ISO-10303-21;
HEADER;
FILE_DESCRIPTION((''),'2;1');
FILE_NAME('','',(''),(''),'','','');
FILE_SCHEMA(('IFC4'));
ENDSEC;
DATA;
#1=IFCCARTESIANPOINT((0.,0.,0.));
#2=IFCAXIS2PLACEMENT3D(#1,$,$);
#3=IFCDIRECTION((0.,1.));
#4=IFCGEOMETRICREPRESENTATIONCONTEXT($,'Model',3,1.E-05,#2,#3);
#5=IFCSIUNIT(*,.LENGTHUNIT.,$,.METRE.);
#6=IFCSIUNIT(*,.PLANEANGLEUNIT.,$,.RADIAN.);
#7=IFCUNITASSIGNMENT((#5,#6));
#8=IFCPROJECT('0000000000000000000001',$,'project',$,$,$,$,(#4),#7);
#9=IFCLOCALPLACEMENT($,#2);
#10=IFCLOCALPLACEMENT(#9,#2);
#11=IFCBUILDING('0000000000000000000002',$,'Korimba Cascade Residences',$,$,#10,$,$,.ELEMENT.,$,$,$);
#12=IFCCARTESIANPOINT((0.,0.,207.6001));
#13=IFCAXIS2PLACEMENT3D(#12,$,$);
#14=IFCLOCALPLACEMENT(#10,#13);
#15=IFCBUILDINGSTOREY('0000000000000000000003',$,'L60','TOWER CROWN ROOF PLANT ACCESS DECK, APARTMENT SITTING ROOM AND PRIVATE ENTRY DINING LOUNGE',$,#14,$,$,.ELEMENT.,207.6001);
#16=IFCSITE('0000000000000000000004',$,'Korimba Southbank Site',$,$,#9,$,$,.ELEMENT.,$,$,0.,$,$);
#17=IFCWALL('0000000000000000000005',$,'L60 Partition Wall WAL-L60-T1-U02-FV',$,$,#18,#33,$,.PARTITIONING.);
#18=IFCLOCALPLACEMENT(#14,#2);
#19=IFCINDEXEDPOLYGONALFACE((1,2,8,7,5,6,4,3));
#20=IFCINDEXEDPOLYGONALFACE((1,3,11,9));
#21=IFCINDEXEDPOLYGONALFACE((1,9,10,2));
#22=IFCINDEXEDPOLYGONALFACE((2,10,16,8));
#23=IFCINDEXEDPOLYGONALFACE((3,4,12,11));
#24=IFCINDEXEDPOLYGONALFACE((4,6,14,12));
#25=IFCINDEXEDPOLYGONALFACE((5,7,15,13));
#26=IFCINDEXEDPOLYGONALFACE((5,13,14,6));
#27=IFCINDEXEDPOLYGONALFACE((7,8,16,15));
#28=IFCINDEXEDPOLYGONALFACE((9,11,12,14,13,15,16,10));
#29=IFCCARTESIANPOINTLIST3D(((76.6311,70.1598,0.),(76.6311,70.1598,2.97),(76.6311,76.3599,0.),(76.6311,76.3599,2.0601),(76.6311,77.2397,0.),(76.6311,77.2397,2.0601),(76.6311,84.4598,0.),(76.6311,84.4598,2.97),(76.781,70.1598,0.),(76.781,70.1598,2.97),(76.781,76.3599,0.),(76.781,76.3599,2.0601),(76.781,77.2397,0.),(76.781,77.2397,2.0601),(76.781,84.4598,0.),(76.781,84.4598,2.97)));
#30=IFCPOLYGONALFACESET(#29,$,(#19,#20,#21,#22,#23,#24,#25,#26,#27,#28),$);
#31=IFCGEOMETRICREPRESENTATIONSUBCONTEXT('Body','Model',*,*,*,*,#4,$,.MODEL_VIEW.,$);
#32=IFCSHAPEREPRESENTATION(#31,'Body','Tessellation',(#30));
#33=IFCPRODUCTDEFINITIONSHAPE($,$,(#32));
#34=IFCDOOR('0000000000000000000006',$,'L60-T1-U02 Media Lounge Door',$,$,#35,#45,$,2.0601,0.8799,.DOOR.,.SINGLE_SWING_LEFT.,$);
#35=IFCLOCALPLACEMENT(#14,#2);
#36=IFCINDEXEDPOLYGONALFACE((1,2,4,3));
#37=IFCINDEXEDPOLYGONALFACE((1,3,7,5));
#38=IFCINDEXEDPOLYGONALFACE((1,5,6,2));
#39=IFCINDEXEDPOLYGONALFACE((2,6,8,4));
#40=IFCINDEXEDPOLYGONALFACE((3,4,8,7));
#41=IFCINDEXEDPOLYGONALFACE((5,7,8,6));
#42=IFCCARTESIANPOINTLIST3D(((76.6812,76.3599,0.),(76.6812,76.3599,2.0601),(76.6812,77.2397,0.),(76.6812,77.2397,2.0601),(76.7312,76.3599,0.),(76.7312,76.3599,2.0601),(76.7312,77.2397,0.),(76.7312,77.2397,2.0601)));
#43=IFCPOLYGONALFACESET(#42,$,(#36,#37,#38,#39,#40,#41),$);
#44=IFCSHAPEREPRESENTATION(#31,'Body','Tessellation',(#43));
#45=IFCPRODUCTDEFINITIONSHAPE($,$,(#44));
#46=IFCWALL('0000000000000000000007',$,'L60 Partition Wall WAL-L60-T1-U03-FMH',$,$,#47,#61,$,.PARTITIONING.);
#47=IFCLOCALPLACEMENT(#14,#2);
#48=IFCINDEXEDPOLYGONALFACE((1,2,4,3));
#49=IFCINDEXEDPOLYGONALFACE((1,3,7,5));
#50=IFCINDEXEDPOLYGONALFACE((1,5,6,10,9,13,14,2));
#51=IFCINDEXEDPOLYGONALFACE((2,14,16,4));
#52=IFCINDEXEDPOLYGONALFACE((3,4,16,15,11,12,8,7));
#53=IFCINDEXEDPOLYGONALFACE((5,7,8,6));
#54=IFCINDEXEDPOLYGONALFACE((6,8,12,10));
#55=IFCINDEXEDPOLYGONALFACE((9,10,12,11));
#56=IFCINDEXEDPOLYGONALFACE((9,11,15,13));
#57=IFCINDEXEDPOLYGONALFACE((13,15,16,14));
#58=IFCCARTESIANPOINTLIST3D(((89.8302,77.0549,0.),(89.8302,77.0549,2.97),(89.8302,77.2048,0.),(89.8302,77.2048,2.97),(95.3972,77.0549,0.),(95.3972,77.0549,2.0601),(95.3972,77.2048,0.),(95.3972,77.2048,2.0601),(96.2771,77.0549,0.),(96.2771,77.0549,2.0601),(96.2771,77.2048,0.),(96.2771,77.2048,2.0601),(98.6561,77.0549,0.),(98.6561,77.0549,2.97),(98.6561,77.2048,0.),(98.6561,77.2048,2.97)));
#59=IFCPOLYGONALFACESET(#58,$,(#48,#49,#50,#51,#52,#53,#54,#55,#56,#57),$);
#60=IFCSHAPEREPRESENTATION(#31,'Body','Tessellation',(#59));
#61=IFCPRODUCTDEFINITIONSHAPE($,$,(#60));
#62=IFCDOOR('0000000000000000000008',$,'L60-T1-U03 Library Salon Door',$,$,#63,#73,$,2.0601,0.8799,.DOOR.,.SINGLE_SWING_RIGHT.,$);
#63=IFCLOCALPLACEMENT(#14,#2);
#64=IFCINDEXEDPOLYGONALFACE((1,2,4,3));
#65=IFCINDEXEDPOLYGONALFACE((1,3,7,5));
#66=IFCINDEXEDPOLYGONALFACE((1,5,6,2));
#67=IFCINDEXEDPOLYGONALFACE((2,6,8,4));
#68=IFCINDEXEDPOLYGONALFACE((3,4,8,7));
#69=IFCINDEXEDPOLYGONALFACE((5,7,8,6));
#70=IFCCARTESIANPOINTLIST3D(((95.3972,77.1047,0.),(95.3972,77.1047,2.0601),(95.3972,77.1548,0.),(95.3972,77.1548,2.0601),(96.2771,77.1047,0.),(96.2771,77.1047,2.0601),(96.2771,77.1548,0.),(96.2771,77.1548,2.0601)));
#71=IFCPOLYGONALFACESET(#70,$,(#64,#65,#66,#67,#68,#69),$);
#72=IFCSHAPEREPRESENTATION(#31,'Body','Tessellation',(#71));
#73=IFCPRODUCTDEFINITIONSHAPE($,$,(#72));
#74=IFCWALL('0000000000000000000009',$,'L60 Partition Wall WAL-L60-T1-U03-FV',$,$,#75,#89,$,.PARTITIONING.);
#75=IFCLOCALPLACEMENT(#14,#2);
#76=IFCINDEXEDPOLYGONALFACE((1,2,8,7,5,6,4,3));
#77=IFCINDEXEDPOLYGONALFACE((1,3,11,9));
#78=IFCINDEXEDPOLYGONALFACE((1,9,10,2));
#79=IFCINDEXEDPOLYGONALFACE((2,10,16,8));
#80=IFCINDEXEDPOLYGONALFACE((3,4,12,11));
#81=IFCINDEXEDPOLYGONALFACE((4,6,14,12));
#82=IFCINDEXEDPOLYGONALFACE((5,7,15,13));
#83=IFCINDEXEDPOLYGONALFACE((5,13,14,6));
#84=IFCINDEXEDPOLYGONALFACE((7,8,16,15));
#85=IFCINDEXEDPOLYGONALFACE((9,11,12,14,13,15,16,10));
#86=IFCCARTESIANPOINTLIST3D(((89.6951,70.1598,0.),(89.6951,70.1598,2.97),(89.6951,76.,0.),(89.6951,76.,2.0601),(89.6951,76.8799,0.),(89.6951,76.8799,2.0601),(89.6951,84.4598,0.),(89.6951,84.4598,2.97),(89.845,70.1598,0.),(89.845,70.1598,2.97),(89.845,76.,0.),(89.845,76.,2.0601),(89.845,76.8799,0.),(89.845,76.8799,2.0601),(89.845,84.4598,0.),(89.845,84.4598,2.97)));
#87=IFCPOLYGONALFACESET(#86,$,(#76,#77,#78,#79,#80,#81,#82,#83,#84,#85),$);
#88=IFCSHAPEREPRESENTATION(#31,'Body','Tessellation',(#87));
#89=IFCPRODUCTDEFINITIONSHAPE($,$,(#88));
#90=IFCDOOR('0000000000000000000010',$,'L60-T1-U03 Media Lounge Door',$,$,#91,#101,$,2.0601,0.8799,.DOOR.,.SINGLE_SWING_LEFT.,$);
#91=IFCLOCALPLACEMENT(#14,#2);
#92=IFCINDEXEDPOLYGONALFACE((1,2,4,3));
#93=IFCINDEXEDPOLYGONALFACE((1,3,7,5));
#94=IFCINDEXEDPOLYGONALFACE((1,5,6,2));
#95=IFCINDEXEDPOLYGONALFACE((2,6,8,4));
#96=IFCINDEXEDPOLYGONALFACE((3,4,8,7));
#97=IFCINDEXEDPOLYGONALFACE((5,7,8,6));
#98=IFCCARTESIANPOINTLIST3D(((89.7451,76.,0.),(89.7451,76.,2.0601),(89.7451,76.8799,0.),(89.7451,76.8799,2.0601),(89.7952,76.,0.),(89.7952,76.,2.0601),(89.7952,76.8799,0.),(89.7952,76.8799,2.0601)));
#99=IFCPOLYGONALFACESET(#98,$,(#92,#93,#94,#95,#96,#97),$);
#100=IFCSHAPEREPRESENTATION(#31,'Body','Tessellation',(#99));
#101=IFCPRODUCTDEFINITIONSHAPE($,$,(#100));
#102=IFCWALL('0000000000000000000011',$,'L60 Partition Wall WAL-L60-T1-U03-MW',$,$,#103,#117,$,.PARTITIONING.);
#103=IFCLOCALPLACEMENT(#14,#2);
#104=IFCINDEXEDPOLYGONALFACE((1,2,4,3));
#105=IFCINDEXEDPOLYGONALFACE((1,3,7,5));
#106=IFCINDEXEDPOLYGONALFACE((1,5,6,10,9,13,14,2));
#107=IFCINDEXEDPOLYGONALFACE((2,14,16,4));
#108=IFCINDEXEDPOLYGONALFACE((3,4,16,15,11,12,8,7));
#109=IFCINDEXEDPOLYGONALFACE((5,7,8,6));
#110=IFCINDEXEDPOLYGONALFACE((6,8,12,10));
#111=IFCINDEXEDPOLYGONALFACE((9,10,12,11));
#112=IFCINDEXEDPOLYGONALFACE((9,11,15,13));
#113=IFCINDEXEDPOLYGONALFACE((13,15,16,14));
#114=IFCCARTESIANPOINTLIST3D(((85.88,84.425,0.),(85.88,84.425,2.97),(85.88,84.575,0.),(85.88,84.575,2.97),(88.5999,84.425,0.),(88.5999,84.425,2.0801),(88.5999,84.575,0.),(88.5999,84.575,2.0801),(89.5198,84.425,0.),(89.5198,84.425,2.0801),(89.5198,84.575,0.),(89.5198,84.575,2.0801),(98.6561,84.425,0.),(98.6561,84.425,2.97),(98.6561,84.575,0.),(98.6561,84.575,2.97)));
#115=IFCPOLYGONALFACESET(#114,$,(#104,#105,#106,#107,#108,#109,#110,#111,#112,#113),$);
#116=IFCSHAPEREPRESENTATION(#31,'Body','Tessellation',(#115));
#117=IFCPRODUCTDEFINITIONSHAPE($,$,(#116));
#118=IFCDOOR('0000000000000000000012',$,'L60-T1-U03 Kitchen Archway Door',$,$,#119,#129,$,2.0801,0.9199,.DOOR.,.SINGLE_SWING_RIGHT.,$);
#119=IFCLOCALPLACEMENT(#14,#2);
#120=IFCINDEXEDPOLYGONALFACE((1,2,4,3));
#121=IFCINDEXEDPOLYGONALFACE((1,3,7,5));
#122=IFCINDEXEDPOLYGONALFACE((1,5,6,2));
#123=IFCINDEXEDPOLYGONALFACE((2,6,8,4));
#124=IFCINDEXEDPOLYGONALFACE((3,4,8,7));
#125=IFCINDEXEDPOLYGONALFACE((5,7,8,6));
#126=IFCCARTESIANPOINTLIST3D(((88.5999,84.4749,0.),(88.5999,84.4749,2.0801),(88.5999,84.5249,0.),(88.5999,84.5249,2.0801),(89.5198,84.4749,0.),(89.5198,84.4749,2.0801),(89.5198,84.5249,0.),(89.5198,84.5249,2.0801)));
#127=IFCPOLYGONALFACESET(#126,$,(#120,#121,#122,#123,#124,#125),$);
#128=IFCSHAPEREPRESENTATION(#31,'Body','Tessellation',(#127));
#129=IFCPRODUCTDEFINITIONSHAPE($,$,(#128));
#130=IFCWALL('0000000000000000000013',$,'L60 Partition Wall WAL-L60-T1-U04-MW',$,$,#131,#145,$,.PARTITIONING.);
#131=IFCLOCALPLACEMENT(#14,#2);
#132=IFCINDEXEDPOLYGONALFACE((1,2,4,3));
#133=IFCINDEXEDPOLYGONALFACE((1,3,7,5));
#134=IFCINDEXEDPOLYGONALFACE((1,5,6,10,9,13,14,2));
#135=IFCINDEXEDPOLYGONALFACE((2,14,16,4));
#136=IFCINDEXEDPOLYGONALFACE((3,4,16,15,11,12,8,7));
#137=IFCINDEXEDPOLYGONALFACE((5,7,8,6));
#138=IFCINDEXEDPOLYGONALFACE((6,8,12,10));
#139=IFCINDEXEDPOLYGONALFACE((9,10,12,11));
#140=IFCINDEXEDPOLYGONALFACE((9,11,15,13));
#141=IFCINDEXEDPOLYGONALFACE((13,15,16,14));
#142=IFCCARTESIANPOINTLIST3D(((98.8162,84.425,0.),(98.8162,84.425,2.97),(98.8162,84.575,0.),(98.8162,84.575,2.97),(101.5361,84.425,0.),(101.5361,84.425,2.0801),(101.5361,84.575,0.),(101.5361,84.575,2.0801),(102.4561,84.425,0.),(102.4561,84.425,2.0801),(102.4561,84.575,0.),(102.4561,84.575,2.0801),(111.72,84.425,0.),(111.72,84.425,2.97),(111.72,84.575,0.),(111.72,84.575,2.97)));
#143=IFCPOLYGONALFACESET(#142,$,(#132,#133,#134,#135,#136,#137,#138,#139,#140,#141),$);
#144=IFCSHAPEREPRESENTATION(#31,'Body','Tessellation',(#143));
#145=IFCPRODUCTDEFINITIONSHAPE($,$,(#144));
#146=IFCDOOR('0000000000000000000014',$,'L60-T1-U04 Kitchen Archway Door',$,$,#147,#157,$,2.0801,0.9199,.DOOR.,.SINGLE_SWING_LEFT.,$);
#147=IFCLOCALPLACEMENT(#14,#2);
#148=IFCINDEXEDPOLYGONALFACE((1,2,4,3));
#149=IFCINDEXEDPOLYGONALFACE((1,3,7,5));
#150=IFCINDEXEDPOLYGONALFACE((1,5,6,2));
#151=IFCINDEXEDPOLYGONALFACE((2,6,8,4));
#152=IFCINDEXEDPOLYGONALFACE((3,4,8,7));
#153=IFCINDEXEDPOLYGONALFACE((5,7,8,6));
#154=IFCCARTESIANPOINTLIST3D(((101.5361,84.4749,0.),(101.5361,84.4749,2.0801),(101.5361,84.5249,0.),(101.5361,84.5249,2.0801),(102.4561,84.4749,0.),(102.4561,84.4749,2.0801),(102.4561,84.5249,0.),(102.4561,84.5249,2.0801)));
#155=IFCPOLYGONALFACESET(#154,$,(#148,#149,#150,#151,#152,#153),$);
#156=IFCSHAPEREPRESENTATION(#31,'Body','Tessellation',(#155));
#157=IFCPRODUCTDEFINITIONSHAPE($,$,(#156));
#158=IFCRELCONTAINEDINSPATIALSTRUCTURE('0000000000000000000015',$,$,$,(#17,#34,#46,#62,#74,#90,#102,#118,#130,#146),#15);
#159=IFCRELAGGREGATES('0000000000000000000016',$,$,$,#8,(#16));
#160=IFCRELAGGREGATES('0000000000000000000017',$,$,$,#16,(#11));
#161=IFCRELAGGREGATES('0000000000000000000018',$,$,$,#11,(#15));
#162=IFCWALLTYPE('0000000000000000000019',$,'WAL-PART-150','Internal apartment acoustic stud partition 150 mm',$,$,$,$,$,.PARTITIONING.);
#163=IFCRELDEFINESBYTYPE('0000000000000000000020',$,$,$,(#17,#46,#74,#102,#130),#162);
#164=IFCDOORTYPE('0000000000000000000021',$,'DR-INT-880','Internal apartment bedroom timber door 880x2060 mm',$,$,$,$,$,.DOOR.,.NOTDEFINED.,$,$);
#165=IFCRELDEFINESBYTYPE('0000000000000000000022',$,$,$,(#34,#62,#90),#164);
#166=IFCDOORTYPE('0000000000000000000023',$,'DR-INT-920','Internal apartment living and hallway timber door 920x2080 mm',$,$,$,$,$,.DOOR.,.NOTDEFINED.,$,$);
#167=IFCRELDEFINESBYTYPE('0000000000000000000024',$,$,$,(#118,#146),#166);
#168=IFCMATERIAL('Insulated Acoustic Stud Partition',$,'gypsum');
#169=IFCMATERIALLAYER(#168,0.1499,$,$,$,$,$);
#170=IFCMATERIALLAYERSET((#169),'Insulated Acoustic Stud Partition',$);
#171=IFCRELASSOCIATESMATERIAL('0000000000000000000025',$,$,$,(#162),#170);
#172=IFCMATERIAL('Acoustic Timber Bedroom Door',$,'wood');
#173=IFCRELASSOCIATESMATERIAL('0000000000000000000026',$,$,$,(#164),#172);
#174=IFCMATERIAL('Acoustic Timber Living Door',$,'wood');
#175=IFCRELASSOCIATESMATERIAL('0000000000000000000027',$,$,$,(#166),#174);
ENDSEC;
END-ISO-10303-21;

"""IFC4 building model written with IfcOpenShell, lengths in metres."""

from ifc_helpers import new_model, si_unit, direction, frame, frame_2d, origin, place, context, subcontext, project, spatial, rectangle, extrude, material, layer, layer_set, type_object, element, fill, save


model = new_model("IFC4")

# Units and contexts
model_context = context("Model", 3, precision=1e-05, world=origin(), true_north=direction((0.0, 1.0)))
body_context = subcontext(model_context, "Body", "Model", "MODEL_VIEW")
ifc_project = project(units=[si_unit("LENGTHUNIT", "METRE"), si_unit("PLANEANGLEUNIT", "RADIAN")], contexts=[model_context])

# Site, building, storey
site_placement = place(None, origin())
site = spatial("IfcSite", under=ifc_project, at=site_placement, Name="Korimba Southbank Site", CompositionType="ELEMENT", RefElevation=0.0)
building_placement = place(site_placement, origin())
building = spatial("IfcBuilding", under=site, at=building_placement, Name="Korimba Cascade Residences", CompositionType="ELEMENT")
storey_placement = place(building_placement, frame((0.0, 0.0, 207.6001)))
storey = spatial("IfcBuildingStorey", under=building, at=storey_placement, Name="L60", Description="TOWER CROWN ROOF PLANT ACCESS DECK, APARTMENT SITTING ROOM AND PRIVATE ENTRY DINING LOUNGE", CompositionType="ELEMENT", Elevation=207.6001)

# Walls, openings, doors
ifc_material_1 = material(Name="Insulated Acoustic Stud Partition", Category="gypsum")
ifc_layer_1 = layer(ifc_material_1, 0.1499)
ifc_layer_set_1 = layer_set([ifc_layer_1], Name="Insulated Acoustic Stud Partition")
wall_type_1 = type_object("IfcWallType", Name="WAL-PART-150", Description="Internal apartment acoustic stud partition 150 mm", PredefinedType="PARTITIONING", material=ifc_layer_set_1)
ifc_material_2 = material(Name="Acoustic Timber Bedroom Door", Category="wood")
door_type_1 = type_object("IfcDoorType", Name="DR-INT-880", Description="Internal apartment bedroom timber door 880x2060 mm", OperationType="NOTDEFINED", PredefinedType="DOOR", material=ifc_material_2)
wall_1_placement = place(storey_placement, frame((76.7061, 70.1599, 0.0), z_axis=(0.0, 0.0, 1.0), x_axis=(0.0, 1.0, 0.0)))
wall_1 = element("IfcWall", 1, at=wall_1_placement, inside=storey, type_object=wall_type_1, Name="L60 Partition Wall WAL-L60-T1-U02-FV", PredefinedType="PARTITIONING", context=body_context, shape_type="SweptSolid", body=[
    extrude(rectangle(XDim=14.3, YDim=0.1499, at=frame_2d((7.1499, 0.0))), origin(), (0.0, 0.0, 1.0), 2.97),
])
opening_1_placement = place(wall_1_placement, frame((6.2, 0.0, 0.0)))
opening_1 = element("IfcOpeningElement", 2, at=opening_1_placement, cuts=wall_1, PredefinedType="OPENING", context=body_context, shape_type="SweptSolid", body=[
    extrude(rectangle(XDim=0.8799, YDim=2.0601, at=frame_2d((0.4399, 1.03))), frame((0.0, 0.085, 0.0), z_axis=(0.0, -1.0, 0.0), x_axis=(1.0, 0.0, 0.0)), (0.0, 0.0, 1.0), 0.1699),
])
door_1_placement = place(opening_1_placement, origin())
door_1 = element("IfcDoor", 3, at=door_1_placement, inside=storey, type_object=door_type_1, Name="L60-T1-U02 Media Lounge Door", OperationType="SINGLE_SWING_LEFT", OverallHeight=2.0601, OverallWidth=0.8799, PredefinedType="DOOR", context=body_context, shape_type="SweptSolid", body=[
    extrude(rectangle(XDim=0.8799, YDim=2.0601, at=frame_2d((0.4399, 1.03))), frame((0.0, 0.0249, 0.0), z_axis=(0.0, -1.0, 0.0), x_axis=(1.0, 0.0, 0.0)), (0.0, 0.0, 1.0), 0.05),
])
fill(opening_1, door_1)
wall_2_placement = place(storey_placement, frame((89.8301, 77.1299, 0.0), z_axis=(0.0, 0.0, 1.0), x_axis=(1.0, 0.0, 0.0)))
wall_2 = element("IfcWall", 4, at=wall_2_placement, inside=storey, type_object=wall_type_1, Name="L60 Partition Wall WAL-L60-T1-U03-FMH", PredefinedType="PARTITIONING", context=body_context, shape_type="SweptSolid", body=[
    extrude(rectangle(XDim=8.8259, YDim=0.1499, at=frame_2d((4.4131, 0.0))), origin(), (0.0, 0.0, 1.0), 2.97),
])
opening_2_placement = place(wall_2_placement, frame((5.5671, 0.0, 0.0)))
opening_2 = element("IfcOpeningElement", 5, at=opening_2_placement, cuts=wall_2, PredefinedType="OPENING", context=body_context, shape_type="SweptSolid", body=[
    extrude(rectangle(XDim=0.8799, YDim=2.0601, at=frame_2d((0.4399, 1.03))), frame((0.0, 0.085, 0.0), z_axis=(0.0, -1.0, 0.0), x_axis=(1.0, 0.0, 0.0)), (0.0, 0.0, 1.0), 0.1699),
])
door_2_placement = place(opening_2_placement, origin())
door_2 = element("IfcDoor", 6, at=door_2_placement, inside=storey, type_object=door_type_1, Name="L60-T1-U03 Library Salon Door", OperationType="SINGLE_SWING_RIGHT", OverallHeight=2.0601, OverallWidth=0.8799, PredefinedType="DOOR", context=body_context, shape_type="SweptSolid", body=[
    extrude(rectangle(XDim=0.8799, YDim=2.0601, at=frame_2d((0.4399, 1.03))), frame((0.0, 0.0249, 0.0), z_axis=(0.0, -1.0, 0.0), x_axis=(1.0, 0.0, 0.0)), (0.0, 0.0, 1.0), 0.05),
])
fill(opening_2, door_2)
wall_3_placement = place(storey_placement, frame((89.77, 70.1599, 0.0), z_axis=(0.0, 0.0, 1.0), x_axis=(0.0, 1.0, 0.0)))
wall_3 = element("IfcWall", 7, at=wall_3_placement, inside=storey, type_object=wall_type_1, Name="L60 Partition Wall WAL-L60-T1-U03-FV", PredefinedType="PARTITIONING", context=body_context, shape_type="SweptSolid", body=[
    extrude(rectangle(XDim=14.3, YDim=0.1499, at=frame_2d((7.1499, 0.0))), origin(), (0.0, 0.0, 1.0), 2.97),
])
opening_3_placement = place(wall_3_placement, frame((5.8401, 0.0, 0.0)))
opening_3 = element("IfcOpeningElement", 8, at=opening_3_placement, cuts=wall_3, PredefinedType="OPENING", context=body_context, shape_type="SweptSolid", body=[
    extrude(rectangle(XDim=0.8799, YDim=2.0601, at=frame_2d((0.4399, 1.03))), frame((0.0, 0.085, 0.0), z_axis=(0.0, -1.0, 0.0), x_axis=(1.0, 0.0, 0.0)), (0.0, 0.0, 1.0), 0.1699),
])
door_3_placement = place(opening_3_placement, origin())
door_3 = element("IfcDoor", 9, at=door_3_placement, inside=storey, type_object=door_type_1, Name="L60-T1-U03 Media Lounge Door", OperationType="SINGLE_SWING_LEFT", OverallHeight=2.0601, OverallWidth=0.8799, PredefinedType="DOOR", context=body_context, shape_type="SweptSolid", body=[
    extrude(rectangle(XDim=0.8799, YDim=2.0601, at=frame_2d((0.4399, 1.03))), frame((0.0, 0.0249, 0.0), z_axis=(0.0, -1.0, 0.0), x_axis=(1.0, 0.0, 0.0)), (0.0, 0.0, 1.0), 0.05),
])
fill(opening_3, door_3)
wall_4_placement = place(storey_placement, frame((85.8799, 84.5, 0.0), z_axis=(0.0, 0.0, 1.0), x_axis=(1.0, 0.0, 0.0)))
wall_4 = element("IfcWall", 10, at=wall_4_placement, inside=storey, type_object=wall_type_1, Name="L60 Partition Wall WAL-L60-T1-U03-MW", PredefinedType="PARTITIONING", context=body_context, shape_type="SweptSolid", body=[
    extrude(rectangle(XDim=12.7761, YDim=0.1499, at=frame_2d((6.3882, 0.0))), origin(), (0.0, 0.0, 1.0), 2.97),
])
opening_4_placement = place(wall_4_placement, frame((2.72, 0.0, 0.0)))
opening_4 = element("IfcOpeningElement", 11, at=opening_4_placement, cuts=wall_4, PredefinedType="OPENING", context=body_context, shape_type="SweptSolid", body=[
    extrude(rectangle(XDim=0.9199, YDim=2.0801, at=frame_2d((0.46, 1.04))), frame((0.0, 0.085, 0.0), z_axis=(0.0, -1.0, 0.0), x_axis=(1.0, 0.0, 0.0)), (0.0, 0.0, 1.0), 0.1699),
])
ifc_material_3 = material(Name="Acoustic Timber Living Door", Category="wood")
door_type_2 = type_object("IfcDoorType", Name="DR-INT-920", Description="Internal apartment living and hallway timber door 920x2080 mm", OperationType="NOTDEFINED", PredefinedType="DOOR", material=ifc_material_3)
door_4_placement = place(opening_4_placement, origin())
door_4 = element("IfcDoor", 12, at=door_4_placement, inside=storey, type_object=door_type_2, Name="L60-T1-U03 Kitchen Archway Door", OperationType="SINGLE_SWING_RIGHT", OverallHeight=2.0801, OverallWidth=0.9199, PredefinedType="DOOR", context=body_context, shape_type="SweptSolid", body=[
    extrude(rectangle(XDim=0.9199, YDim=2.0801, at=frame_2d((0.46, 1.04))), frame((0.0, 0.0249, 0.0), z_axis=(0.0, -1.0, 0.0), x_axis=(1.0, 0.0, 0.0)), (0.0, 0.0, 1.0), 0.05),
])
fill(opening_4, door_4)
wall_5_placement = place(storey_placement, frame((98.8162, 84.5, 0.0), z_axis=(0.0, 0.0, 1.0), x_axis=(1.0, 0.0, 0.0)))
wall_5 = element("IfcWall", 13, at=wall_5_placement, inside=storey, type_object=wall_type_1, Name="L60 Partition Wall WAL-L60-T1-U04-MW", PredefinedType="PARTITIONING", context=body_context, shape_type="SweptSolid", body=[
    extrude(rectangle(XDim=12.9038, YDim=0.1499, at=frame_2d((6.4519, 0.0))), origin(), (0.0, 0.0, 1.0), 2.97),
])
opening_5_placement = place(wall_5_placement, frame((2.72, 0.0, 0.0)))
opening_5 = element("IfcOpeningElement", 14, at=opening_5_placement, cuts=wall_5, PredefinedType="OPENING", context=body_context, shape_type="SweptSolid", body=[
    extrude(rectangle(XDim=0.9199, YDim=2.0801, at=frame_2d((0.46, 1.04))), frame((0.0, 0.085, 0.0), z_axis=(0.0, -1.0, 0.0), x_axis=(1.0, 0.0, 0.0)), (0.0, 0.0, 1.0), 0.1699),
])
door_5_placement = place(opening_5_placement, origin())
door_5 = element("IfcDoor", 15, at=door_5_placement, inside=storey, type_object=door_type_2, Name="L60-T1-U04 Kitchen Archway Door", OperationType="SINGLE_SWING_LEFT", OverallHeight=2.0801, OverallWidth=0.9199, PredefinedType="DOOR", context=body_context, shape_type="SweptSolid", body=[
    extrude(rectangle(XDim=0.9199, YDim=2.0801, at=frame_2d((0.46, 1.04))), frame((0.0, 0.0249, 0.0), z_axis=(0.0, -1.0, 0.0), x_axis=(1.0, 0.0, 0.0)), (0.0, 0.0, 1.0), 0.05),
])
fill(opening_5, door_5)

save(model, "model.ifc")
